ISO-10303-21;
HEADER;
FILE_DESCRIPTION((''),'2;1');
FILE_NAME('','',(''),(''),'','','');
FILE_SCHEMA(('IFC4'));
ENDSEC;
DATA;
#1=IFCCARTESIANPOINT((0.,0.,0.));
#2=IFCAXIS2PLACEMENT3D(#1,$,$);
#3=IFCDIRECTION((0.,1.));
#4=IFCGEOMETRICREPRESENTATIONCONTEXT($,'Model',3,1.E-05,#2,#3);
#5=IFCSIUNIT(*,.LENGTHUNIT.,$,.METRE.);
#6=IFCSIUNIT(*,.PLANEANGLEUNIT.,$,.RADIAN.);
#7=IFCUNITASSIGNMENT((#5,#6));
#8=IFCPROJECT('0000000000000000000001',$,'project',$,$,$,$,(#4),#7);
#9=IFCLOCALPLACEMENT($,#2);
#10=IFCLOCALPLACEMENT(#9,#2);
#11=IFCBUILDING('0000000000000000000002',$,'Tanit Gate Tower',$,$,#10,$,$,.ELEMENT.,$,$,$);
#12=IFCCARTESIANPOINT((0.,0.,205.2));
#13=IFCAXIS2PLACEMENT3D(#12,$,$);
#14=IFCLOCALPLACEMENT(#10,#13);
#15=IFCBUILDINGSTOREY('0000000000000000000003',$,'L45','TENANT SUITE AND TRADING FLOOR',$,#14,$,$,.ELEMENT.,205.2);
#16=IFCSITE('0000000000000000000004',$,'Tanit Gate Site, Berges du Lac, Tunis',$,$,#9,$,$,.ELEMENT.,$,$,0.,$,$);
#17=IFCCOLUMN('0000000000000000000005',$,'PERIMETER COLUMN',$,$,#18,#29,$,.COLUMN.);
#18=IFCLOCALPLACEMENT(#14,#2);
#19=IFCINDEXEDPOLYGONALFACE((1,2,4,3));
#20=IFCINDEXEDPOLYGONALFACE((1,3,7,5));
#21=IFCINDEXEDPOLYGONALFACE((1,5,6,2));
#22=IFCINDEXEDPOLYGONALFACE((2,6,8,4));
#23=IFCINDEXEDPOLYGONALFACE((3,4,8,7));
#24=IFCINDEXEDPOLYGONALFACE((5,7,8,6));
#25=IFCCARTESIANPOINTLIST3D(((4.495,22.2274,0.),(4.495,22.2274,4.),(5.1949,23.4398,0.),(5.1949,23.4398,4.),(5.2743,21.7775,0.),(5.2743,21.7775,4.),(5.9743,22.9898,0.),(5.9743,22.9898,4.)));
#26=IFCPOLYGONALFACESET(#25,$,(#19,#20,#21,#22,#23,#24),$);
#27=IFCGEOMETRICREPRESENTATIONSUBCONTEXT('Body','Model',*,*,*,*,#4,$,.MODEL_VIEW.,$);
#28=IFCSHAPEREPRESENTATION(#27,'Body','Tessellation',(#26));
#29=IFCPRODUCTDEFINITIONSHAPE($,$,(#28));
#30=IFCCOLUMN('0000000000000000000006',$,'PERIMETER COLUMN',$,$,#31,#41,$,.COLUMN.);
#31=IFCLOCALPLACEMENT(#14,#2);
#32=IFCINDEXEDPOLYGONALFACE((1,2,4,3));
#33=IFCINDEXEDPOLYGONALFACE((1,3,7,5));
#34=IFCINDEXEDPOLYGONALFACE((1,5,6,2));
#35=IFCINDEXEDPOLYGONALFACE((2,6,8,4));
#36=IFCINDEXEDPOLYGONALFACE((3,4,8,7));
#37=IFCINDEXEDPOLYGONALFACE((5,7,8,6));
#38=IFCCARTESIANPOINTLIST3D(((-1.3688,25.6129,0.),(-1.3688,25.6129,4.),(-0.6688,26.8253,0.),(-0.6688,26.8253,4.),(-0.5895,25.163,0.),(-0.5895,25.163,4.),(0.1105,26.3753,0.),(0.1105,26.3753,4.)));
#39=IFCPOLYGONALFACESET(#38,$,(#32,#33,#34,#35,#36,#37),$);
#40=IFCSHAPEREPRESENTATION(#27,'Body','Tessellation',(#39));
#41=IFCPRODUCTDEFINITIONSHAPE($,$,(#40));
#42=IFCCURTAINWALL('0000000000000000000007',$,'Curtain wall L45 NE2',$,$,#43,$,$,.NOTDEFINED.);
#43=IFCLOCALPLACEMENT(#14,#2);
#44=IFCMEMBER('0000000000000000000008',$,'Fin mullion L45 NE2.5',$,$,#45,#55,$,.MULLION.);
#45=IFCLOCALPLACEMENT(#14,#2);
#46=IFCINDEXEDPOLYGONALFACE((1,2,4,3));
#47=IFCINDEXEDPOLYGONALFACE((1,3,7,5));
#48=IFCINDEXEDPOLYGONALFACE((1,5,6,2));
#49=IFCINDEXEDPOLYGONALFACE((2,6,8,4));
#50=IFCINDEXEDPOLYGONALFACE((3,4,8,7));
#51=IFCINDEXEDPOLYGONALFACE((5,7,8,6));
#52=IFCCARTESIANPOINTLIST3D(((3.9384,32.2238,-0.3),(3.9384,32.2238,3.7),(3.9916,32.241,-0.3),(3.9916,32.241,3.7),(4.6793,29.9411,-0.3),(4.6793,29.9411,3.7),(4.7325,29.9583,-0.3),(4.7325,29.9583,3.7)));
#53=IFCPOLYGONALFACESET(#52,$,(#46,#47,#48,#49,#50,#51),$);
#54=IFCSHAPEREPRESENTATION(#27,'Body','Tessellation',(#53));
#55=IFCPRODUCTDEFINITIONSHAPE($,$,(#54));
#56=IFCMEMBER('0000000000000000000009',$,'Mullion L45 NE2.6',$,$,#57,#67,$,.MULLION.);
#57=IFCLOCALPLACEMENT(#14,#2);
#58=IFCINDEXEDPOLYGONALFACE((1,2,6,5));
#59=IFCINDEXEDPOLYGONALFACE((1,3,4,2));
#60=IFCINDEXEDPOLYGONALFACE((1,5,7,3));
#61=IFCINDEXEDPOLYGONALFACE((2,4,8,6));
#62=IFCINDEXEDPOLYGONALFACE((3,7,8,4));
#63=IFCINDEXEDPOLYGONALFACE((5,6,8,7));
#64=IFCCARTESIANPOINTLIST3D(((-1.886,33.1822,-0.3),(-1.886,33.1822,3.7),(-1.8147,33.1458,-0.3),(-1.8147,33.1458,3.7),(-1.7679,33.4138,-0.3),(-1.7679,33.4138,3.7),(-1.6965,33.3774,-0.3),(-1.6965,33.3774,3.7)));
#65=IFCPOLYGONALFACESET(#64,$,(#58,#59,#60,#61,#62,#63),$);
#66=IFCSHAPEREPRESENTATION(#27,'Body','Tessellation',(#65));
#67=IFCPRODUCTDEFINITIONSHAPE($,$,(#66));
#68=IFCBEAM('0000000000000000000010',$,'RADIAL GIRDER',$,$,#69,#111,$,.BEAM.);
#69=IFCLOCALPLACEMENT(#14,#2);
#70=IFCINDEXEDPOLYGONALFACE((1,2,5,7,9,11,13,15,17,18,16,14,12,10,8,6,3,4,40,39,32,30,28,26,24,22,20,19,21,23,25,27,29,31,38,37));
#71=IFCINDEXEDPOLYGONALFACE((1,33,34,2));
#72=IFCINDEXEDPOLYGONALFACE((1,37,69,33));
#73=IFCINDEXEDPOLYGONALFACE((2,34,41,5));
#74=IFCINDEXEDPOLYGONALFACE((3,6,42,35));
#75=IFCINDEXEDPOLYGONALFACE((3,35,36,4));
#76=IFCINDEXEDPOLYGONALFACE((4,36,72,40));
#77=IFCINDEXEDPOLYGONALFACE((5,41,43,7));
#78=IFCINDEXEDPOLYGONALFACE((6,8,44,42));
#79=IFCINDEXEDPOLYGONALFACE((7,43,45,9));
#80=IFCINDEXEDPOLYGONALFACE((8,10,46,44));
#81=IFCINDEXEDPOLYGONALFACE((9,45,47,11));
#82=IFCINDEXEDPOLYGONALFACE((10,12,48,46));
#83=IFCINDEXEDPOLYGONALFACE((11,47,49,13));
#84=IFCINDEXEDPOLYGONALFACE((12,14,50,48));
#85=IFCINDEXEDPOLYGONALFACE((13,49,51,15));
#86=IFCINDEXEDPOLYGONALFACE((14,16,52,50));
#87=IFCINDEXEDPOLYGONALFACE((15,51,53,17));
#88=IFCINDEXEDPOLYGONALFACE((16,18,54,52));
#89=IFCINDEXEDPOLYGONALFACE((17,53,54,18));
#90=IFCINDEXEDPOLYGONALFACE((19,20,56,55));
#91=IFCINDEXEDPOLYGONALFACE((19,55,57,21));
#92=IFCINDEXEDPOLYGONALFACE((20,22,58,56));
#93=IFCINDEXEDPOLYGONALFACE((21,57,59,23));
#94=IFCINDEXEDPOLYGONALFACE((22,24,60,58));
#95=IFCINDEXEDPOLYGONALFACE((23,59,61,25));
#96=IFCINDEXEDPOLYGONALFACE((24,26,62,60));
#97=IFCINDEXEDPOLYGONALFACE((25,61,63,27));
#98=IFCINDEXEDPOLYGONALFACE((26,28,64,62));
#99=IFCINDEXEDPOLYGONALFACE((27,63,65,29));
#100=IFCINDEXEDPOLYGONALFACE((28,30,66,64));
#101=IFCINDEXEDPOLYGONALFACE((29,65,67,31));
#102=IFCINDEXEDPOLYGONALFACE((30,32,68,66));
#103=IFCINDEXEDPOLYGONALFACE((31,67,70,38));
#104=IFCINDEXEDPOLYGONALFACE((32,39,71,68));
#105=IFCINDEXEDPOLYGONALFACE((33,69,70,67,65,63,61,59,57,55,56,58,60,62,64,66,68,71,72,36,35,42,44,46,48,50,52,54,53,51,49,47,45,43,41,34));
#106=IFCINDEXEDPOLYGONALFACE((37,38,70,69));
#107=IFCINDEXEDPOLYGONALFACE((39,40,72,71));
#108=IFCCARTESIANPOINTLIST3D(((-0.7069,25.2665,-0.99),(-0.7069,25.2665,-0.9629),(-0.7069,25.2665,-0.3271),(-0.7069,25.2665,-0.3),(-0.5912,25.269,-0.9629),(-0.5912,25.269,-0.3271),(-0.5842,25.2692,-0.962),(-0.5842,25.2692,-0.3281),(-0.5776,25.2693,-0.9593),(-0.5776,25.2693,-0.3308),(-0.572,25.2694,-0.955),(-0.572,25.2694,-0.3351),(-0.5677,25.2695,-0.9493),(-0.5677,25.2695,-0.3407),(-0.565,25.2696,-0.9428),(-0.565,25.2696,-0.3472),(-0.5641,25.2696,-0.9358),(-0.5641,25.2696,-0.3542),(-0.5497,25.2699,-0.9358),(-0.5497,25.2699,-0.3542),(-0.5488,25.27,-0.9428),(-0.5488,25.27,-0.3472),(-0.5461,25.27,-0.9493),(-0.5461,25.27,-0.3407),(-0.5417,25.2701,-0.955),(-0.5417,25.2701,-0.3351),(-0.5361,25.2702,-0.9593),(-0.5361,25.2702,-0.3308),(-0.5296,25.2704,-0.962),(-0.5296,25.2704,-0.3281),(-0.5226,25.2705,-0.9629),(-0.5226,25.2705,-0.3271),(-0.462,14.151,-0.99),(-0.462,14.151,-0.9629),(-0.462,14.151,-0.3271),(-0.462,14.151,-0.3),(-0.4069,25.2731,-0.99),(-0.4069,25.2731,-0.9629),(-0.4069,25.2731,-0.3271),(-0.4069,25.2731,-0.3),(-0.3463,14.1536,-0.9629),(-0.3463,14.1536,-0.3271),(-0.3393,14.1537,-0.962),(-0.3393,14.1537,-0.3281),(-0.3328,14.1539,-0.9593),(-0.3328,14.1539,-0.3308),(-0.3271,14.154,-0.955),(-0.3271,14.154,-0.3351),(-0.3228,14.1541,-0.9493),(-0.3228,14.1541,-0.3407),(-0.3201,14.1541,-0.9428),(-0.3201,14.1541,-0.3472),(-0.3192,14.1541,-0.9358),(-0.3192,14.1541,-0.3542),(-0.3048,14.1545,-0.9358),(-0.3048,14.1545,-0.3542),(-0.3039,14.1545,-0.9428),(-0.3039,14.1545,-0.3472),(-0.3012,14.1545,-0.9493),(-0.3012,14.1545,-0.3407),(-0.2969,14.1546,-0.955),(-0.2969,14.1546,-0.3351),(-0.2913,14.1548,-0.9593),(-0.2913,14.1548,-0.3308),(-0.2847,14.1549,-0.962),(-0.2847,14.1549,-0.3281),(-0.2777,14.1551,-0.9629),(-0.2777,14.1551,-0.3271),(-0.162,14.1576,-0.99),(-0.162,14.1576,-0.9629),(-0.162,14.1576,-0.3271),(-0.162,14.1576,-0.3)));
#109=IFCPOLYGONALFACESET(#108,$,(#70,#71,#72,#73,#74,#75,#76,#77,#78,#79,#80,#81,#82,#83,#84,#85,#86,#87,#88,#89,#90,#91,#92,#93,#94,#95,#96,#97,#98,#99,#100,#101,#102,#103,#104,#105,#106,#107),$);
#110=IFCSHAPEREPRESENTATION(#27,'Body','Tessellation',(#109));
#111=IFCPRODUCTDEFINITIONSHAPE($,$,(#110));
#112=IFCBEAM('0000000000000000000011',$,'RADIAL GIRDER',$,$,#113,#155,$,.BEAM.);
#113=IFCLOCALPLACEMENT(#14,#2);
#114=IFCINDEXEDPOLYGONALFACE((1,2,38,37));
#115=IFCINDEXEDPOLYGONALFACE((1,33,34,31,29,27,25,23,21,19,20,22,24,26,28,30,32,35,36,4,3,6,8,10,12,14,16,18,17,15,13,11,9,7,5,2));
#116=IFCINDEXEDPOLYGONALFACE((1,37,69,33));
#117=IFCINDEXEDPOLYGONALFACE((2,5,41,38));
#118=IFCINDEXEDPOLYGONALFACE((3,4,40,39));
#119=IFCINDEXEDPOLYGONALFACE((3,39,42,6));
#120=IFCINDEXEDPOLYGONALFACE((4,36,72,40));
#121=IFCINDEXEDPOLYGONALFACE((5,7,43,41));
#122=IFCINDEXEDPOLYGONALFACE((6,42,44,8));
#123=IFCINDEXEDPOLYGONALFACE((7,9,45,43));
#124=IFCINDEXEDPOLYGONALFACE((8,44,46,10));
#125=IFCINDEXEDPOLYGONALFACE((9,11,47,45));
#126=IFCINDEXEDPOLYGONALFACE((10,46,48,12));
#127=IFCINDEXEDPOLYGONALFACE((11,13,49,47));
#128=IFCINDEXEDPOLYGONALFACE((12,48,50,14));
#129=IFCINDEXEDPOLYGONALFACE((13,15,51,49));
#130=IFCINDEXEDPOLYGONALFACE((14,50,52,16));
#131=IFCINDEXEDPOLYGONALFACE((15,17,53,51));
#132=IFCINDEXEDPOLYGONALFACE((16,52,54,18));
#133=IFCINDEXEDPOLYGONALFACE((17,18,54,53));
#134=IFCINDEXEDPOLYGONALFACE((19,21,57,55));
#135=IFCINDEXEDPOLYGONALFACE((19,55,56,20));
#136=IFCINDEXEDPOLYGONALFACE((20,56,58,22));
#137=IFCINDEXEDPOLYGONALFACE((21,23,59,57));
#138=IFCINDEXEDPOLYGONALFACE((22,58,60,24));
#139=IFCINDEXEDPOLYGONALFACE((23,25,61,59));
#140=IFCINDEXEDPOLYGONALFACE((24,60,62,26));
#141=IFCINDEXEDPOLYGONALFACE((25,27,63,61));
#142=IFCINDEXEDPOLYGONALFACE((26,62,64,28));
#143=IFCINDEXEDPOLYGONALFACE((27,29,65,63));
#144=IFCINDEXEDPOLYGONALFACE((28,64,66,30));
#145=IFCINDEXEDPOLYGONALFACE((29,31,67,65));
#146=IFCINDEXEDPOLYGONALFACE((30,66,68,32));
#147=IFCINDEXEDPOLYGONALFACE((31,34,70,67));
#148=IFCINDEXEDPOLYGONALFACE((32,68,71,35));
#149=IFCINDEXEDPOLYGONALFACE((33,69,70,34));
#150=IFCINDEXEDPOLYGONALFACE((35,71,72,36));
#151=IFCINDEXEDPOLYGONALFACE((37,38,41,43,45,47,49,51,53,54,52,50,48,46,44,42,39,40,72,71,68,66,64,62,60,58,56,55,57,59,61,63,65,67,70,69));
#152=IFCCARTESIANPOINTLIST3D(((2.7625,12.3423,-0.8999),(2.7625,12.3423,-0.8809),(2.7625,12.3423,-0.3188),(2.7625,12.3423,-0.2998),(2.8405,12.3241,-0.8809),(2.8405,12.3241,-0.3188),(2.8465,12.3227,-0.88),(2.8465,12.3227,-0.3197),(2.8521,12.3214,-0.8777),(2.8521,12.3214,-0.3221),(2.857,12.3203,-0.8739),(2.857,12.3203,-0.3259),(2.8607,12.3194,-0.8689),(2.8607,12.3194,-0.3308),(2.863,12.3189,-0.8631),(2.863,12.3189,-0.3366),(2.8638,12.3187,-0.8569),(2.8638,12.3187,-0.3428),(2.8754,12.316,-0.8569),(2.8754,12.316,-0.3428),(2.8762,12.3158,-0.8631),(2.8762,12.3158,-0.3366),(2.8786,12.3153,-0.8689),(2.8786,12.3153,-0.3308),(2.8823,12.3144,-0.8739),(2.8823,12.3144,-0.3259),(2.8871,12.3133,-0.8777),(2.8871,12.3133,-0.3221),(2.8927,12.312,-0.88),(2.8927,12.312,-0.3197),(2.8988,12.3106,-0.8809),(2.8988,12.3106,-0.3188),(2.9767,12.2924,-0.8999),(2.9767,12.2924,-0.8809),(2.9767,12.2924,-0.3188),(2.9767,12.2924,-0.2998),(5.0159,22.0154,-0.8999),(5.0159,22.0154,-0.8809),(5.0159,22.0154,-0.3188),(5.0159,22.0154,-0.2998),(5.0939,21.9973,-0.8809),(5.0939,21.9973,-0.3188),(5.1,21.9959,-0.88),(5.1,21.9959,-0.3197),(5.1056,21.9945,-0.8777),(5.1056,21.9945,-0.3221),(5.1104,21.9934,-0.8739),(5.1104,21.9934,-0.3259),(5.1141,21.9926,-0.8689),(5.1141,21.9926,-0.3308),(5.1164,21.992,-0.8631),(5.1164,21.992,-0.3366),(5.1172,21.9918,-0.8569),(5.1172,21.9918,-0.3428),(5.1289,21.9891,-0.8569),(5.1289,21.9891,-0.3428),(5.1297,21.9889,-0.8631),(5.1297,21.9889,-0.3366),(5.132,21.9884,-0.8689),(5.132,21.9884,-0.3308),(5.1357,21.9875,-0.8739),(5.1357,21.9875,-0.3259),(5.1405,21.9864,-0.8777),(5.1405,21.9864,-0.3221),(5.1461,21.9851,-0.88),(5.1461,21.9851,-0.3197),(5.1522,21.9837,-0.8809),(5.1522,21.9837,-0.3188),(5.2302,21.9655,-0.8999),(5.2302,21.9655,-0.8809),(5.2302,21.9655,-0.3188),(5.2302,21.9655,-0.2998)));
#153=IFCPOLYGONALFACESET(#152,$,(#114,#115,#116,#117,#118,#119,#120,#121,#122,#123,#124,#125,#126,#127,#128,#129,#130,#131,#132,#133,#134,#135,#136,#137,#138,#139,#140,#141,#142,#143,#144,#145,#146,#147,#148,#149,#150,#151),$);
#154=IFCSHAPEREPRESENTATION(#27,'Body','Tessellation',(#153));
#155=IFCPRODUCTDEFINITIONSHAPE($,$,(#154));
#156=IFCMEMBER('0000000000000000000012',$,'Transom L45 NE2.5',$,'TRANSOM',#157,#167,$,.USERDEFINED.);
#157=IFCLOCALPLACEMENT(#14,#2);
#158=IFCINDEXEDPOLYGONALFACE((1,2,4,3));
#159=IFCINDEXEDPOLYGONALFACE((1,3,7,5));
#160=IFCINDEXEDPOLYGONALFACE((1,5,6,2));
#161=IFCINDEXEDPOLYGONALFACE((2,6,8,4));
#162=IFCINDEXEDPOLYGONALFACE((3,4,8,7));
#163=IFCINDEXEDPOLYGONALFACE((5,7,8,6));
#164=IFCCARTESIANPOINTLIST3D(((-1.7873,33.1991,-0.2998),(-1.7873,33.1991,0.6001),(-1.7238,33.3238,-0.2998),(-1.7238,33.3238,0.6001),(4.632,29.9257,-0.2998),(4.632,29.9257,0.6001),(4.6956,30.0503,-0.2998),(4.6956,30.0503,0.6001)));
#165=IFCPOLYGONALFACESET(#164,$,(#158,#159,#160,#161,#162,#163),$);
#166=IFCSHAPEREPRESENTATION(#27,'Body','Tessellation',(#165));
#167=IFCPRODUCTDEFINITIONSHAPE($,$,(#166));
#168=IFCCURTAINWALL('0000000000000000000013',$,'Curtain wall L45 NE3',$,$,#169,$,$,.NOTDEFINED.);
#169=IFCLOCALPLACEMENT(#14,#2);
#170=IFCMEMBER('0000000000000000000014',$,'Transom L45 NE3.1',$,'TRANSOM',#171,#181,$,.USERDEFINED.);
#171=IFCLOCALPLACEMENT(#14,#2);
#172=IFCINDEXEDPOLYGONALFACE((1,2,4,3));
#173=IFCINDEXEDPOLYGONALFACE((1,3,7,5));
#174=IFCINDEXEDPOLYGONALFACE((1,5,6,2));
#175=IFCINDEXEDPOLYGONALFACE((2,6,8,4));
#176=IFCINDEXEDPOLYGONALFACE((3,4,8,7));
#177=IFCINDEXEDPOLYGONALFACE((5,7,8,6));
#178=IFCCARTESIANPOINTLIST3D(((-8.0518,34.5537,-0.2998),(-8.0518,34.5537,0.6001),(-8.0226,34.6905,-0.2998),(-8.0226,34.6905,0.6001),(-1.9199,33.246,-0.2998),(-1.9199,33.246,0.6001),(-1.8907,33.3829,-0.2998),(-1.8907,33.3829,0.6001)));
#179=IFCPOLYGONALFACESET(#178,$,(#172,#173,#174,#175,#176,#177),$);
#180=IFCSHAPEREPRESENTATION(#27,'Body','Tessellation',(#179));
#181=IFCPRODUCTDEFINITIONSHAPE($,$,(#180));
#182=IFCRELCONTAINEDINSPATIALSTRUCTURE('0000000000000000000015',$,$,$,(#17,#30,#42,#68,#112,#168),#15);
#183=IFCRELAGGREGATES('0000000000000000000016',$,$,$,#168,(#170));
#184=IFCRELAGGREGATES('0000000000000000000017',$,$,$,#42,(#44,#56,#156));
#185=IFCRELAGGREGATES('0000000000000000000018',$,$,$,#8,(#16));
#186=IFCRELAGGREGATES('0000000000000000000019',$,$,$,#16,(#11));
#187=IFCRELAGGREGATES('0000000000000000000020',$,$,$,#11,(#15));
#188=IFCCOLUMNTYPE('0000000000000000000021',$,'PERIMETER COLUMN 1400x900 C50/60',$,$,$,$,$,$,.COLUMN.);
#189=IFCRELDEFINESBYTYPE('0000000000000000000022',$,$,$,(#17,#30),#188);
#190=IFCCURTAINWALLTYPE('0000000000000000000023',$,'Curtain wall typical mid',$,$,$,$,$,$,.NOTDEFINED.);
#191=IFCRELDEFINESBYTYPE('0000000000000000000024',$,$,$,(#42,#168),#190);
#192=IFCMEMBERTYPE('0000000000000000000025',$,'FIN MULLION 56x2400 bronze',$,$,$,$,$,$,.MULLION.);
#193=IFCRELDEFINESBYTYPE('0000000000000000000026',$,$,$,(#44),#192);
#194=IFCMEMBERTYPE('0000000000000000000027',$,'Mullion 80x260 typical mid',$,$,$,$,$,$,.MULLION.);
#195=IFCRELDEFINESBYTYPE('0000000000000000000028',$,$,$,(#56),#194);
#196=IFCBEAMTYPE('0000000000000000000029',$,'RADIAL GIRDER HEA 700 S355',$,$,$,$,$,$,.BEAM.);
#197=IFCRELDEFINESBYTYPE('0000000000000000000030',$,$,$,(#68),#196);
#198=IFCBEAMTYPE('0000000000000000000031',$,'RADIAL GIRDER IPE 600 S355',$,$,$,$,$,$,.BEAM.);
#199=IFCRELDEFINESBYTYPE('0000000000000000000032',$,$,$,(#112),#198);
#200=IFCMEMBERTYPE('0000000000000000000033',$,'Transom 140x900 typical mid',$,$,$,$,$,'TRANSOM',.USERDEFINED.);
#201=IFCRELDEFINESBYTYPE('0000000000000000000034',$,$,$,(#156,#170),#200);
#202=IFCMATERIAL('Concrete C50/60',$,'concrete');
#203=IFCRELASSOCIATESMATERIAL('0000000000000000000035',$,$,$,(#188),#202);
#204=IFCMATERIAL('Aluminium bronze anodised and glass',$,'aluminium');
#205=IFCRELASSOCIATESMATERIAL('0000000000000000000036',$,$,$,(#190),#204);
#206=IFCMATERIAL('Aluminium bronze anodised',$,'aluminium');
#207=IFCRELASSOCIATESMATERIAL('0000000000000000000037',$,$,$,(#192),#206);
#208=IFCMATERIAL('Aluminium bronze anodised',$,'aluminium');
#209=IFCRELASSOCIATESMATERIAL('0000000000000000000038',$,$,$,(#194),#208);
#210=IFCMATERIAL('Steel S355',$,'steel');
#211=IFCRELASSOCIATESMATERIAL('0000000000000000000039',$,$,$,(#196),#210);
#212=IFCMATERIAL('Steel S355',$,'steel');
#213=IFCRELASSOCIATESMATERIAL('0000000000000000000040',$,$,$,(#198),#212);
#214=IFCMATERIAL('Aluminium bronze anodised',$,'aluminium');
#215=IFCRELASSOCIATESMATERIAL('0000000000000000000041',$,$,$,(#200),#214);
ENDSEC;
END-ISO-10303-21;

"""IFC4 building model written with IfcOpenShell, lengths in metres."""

from ifc_helpers import new_model, si_unit, direction, frame, origin, origin_2d, place, context, subcontext, project, spatial, rectangle, i_section, extrude, material, material_profile, profile_set, type_object, element, aggregate, save


model = new_model("IFC4")

# Units and contexts
model_context = context("Model", 3, precision=1e-05, world=origin(), true_north=direction((0.0, 1.0)))
body_context = subcontext(model_context, "Body", "Model", "MODEL_VIEW")
ifc_project = project(units=[si_unit("LENGTHUNIT", "METRE"), si_unit("PLANEANGLEUNIT", "RADIAN")], contexts=[model_context])

# Site, building, storey
site_placement = place(None, origin())
site = spatial("IfcSite", under=ifc_project, at=site_placement, Name="Tanit Gate Site, Berges du Lac, Tunis", CompositionType="ELEMENT", RefElevation=0.0)
building_placement = place(site_placement, origin())
building = spatial("IfcBuilding", under=site, at=building_placement, Name="Tanit Gate Tower", CompositionType="ELEMENT")
storey_placement = place(building_placement, frame((0.0, 0.0, 205.2)))
storey = spatial("IfcBuildingStorey", under=building, at=storey_placement, Name="L45", Description="TENANT SUITE AND TRADING FLOOR", CompositionType="ELEMENT", Elevation=205.2)

# Columns
ifc_material_1 = material(Name="Concrete C50/60", Category="concrete")
ifc_material_profile_1 = material_profile(ifc_material_1, rectangle(XDim=1.3999, YDim=0.8999, at=origin_2d()), Name="RC 1400x900")
ifc_profile_set_1 = profile_set([ifc_material_profile_1], Name="Concrete C50/60")
column_type = type_object("IfcColumnType", Name="PERIMETER COLUMN 1400x900 C50/60", PredefinedType="COLUMN", material=ifc_profile_set_1)
for number, where, z_axis, x_axis, name in (
    (1, (5.2346, 22.6086, 0.0), (0.0, 0.0, 1.0), (0.5, 0.866025, 0.0), "PERIMETER COLUMN"),
    (2, (-0.6292, 25.9941, 0.0), (0.0, 0.0, 1.0), (0.5, 0.866025, 0.0), "PERIMETER COLUMN"),
):
    element("IfcColumn", number, at=place(storey_placement, frame(where, z_axis=z_axis, x_axis=x_axis)), inside=storey, type_object=column_type, Name=name, PredefinedType="COLUMN", context=body_context, shape_type="SweptSolid", body=[
        extrude(rectangle(XDim=1.3999, YDim=0.8999, at=origin_2d()), origin(), (0.0, 0.0, 1.0), 4.0),
    ])

# Curtain wall, members
ifc_material_2 = material(Name="Aluminium bronze anodised and glass", Category="aluminium")
curtain_wall_type = type_object("IfcCurtainWallType", Name="Curtain wall typical mid", PredefinedType="NOTDEFINED", material=ifc_material_2)
curtain_wall_1_placement = place(storey_placement, origin())
curtain_wall_1 = element("IfcCurtainWall", 3, at=curtain_wall_1_placement, inside=storey, type_object=curtain_wall_type, Name="Curtain wall L45 NE2", PredefinedType="NOTDEFINED")
ifc_material_3 = material(Name="Aluminium bronze anodised", Category="aluminium")
ifc_material_profile_2 = material_profile(ifc_material_3, rectangle(XDim=2.3999, YDim=0.0559, at=origin_2d()), Name="56x2400 bronze fin mullion")
ifc_profile_set_2 = profile_set([ifc_material_profile_2], Name="Aluminium bronze anodised")
member_type_1 = type_object("IfcMemberType", Name="FIN MULLION 56x2400 bronze", PredefinedType="MULLION", material=ifc_profile_set_2)
member_1_placement = place(storey_placement, frame((4.3354, 31.0911, -0.3), z_axis=(0.0, 0.0, 1.0), x_axis=(0.3087, -0.95116, 0.0)))
member_1 = element("IfcMember", 4, at=member_1_placement, type_object=member_type_1, Name="Fin mullion L45 NE2.5", PredefinedType="MULLION", context=body_context, shape_type="SweptSolid", body=[
    extrude(rectangle(XDim=2.3999, YDim=0.0559, at=origin_2d()), origin(), (0.0, 0.0, 1.0), 4.0),
])
ifc_material_4 = material(Name="Aluminium bronze anodised", Category="aluminium")
ifc_material_profile_3 = material_profile(ifc_material_4, rectangle(XDim=0.26, YDim=0.0801, at=origin_2d()), Name="80x260 bronze mullion")
ifc_profile_set_3 = profile_set([ifc_material_profile_3], Name="Aluminium bronze anodised")
member_type_2 = type_object("IfcMemberType", Name="Mullion 80x260 typical mid", PredefinedType="MULLION", material=ifc_profile_set_3)
member_2_placement = place(storey_placement, frame((-1.7913, 33.2798, -0.3), z_axis=(0.0, 0.0, 1.0), x_axis=(-0.454288, -0.890855, 0.0)))
member_2 = element("IfcMember", 5, at=member_2_placement, type_object=member_type_2, Name="Mullion L45 NE2.6", PredefinedType="MULLION", context=body_context, shape_type="SweptSolid", body=[
    extrude(rectangle(XDim=0.26, YDim=0.0801, at=origin_2d()), origin(), (0.0, 0.0, 1.0), 4.0),
])

# Beams
ifc_material_5 = material(Name="Steel S355", Category="steel")
ifc_material_profile_4 = material_profile(ifc_material_5, i_section(OverallWidth=0.3, OverallDepth=0.6899, WebThickness=0.0144, FlangeThickness=0.0271, FilletRadius=0.0271, at=origin_2d()), Name="HEA 700")
ifc_profile_set_4 = profile_set([ifc_material_profile_4], Name="Steel S355")
beam_type_1 = type_object("IfcBeamType", Name="RADIAL GIRDER HEA 700 S355", PredefinedType="BEAM", material=ifc_profile_set_4)
beam_1_placement = place(storey_placement, frame((-0.5569, 25.2698, -0.645), z_axis=(0.022025, -0.999757, 0.0), x_axis=(0.999757, 0.022025, 0.0)))
element("IfcBeam", 6, at=beam_1_placement, inside=storey, type_object=beam_type_1, Name="RADIAL GIRDER", PredefinedType="BEAM", context=body_context, shape_type="SweptSolid", body=[
    extrude(i_section(OverallWidth=0.3, OverallDepth=0.6899, WebThickness=0.0144, FlangeThickness=0.0271, FilletRadius=0.0271, at=origin_2d()), origin(), (0.0, 0.0, 1.0), 11.1182),
])
ifc_material_6 = material(Name="Steel S355", Category="steel")
ifc_material_profile_5 = material_profile(ifc_material_6, i_section(OverallWidth=0.22, OverallDepth=0.6001, WebThickness=0.012, FlangeThickness=0.019, FilletRadius=0.0239, at=origin_2d()), Name="IPE 600")
ifc_profile_set_5 = profile_set([ifc_material_profile_5], Name="Steel S355")
beam_type_2 = type_object("IfcBeamType", Name="RADIAL GIRDER IPE 600 S355", PredefinedType="BEAM", material=ifc_profile_set_5)
beam_2_placement = place(storey_placement, frame((5.123, 21.9905, -0.5999), z_axis=(-0.226882, -0.973922, 0.0), x_axis=(0.973922, -0.226882, 0.0)))
element("IfcBeam", 7, at=beam_2_placement, inside=storey, type_object=beam_type_2, Name="RADIAL GIRDER", PredefinedType="BEAM", context=body_context, shape_type="SweptSolid", body=[
    extrude(i_section(OverallWidth=0.22, OverallDepth=0.6001, WebThickness=0.012, FlangeThickness=0.019, FilletRadius=0.0239, at=origin_2d()), origin(), (0.0, 0.0, 1.0), 9.9321),
])

# Member
ifc_material_7 = material(Name="Aluminium bronze anodised", Category="aluminium")
ifc_material_profile_6 = material_profile(ifc_material_7, rectangle(XDim=0.1399, YDim=0.8999, at=origin_2d()), Name="140x900 bronze transom")
ifc_profile_set_6 = profile_set([ifc_material_profile_6], Name="Aluminium bronze anodised")
member_type_3 = type_object("IfcMemberType", Name="Transom 140x900 typical mid", ElementType="TRANSOM", PredefinedType="USERDEFINED", material=ifc_profile_set_6)
member_3_placement = place(storey_placement, frame((4.6638, 29.988, 0.1501), z_axis=(-0.890862, 0.454274, 0.0), x_axis=(-0.454274, -0.890862, 0.0)))
member_3 = element("IfcMember", 8, at=member_3_placement, type_object=member_type_3, Name="Transom L45 NE2.5", ObjectType="TRANSOM", PredefinedType="USERDEFINED", context=body_context, shape_type="SweptSolid", body=[
    extrude(rectangle(XDim=0.1399, YDim=0.8999, at=origin_2d()), origin(), (0.0, 0.0, 1.0), 7.2058),
])

# Curtain wall, member
curtain_wall_2_placement = place(storey_placement, origin())
curtain_wall_2 = element("IfcCurtainWall", 9, at=curtain_wall_2_placement, inside=storey, type_object=curtain_wall_type, Name="Curtain wall L45 NE3", PredefinedType="NOTDEFINED")
member_4_placement = place(storey_placement, frame((-1.9053, 33.3145, 0.1501), z_axis=(-0.978009, 0.208561, 0.0), x_axis=(-0.208561, -0.978009, 0.0)))
member_4 = element("IfcMember", 10, at=member_4_placement, type_object=member_type_3, Name="Transom L45 NE3.1", ObjectType="TRANSOM", PredefinedType="USERDEFINED", context=body_context, shape_type="SweptSolid", body=[
    extrude(rectangle(XDim=0.1399, YDim=0.8999, at=origin_2d()), origin(), (0.0, 0.0, 1.0), 6.2698),
])
aggregate(curtain_wall_2, [member_4])

aggregate(curtain_wall_1, [member_1, member_2, member_3])

save(model, "model.ifc")
